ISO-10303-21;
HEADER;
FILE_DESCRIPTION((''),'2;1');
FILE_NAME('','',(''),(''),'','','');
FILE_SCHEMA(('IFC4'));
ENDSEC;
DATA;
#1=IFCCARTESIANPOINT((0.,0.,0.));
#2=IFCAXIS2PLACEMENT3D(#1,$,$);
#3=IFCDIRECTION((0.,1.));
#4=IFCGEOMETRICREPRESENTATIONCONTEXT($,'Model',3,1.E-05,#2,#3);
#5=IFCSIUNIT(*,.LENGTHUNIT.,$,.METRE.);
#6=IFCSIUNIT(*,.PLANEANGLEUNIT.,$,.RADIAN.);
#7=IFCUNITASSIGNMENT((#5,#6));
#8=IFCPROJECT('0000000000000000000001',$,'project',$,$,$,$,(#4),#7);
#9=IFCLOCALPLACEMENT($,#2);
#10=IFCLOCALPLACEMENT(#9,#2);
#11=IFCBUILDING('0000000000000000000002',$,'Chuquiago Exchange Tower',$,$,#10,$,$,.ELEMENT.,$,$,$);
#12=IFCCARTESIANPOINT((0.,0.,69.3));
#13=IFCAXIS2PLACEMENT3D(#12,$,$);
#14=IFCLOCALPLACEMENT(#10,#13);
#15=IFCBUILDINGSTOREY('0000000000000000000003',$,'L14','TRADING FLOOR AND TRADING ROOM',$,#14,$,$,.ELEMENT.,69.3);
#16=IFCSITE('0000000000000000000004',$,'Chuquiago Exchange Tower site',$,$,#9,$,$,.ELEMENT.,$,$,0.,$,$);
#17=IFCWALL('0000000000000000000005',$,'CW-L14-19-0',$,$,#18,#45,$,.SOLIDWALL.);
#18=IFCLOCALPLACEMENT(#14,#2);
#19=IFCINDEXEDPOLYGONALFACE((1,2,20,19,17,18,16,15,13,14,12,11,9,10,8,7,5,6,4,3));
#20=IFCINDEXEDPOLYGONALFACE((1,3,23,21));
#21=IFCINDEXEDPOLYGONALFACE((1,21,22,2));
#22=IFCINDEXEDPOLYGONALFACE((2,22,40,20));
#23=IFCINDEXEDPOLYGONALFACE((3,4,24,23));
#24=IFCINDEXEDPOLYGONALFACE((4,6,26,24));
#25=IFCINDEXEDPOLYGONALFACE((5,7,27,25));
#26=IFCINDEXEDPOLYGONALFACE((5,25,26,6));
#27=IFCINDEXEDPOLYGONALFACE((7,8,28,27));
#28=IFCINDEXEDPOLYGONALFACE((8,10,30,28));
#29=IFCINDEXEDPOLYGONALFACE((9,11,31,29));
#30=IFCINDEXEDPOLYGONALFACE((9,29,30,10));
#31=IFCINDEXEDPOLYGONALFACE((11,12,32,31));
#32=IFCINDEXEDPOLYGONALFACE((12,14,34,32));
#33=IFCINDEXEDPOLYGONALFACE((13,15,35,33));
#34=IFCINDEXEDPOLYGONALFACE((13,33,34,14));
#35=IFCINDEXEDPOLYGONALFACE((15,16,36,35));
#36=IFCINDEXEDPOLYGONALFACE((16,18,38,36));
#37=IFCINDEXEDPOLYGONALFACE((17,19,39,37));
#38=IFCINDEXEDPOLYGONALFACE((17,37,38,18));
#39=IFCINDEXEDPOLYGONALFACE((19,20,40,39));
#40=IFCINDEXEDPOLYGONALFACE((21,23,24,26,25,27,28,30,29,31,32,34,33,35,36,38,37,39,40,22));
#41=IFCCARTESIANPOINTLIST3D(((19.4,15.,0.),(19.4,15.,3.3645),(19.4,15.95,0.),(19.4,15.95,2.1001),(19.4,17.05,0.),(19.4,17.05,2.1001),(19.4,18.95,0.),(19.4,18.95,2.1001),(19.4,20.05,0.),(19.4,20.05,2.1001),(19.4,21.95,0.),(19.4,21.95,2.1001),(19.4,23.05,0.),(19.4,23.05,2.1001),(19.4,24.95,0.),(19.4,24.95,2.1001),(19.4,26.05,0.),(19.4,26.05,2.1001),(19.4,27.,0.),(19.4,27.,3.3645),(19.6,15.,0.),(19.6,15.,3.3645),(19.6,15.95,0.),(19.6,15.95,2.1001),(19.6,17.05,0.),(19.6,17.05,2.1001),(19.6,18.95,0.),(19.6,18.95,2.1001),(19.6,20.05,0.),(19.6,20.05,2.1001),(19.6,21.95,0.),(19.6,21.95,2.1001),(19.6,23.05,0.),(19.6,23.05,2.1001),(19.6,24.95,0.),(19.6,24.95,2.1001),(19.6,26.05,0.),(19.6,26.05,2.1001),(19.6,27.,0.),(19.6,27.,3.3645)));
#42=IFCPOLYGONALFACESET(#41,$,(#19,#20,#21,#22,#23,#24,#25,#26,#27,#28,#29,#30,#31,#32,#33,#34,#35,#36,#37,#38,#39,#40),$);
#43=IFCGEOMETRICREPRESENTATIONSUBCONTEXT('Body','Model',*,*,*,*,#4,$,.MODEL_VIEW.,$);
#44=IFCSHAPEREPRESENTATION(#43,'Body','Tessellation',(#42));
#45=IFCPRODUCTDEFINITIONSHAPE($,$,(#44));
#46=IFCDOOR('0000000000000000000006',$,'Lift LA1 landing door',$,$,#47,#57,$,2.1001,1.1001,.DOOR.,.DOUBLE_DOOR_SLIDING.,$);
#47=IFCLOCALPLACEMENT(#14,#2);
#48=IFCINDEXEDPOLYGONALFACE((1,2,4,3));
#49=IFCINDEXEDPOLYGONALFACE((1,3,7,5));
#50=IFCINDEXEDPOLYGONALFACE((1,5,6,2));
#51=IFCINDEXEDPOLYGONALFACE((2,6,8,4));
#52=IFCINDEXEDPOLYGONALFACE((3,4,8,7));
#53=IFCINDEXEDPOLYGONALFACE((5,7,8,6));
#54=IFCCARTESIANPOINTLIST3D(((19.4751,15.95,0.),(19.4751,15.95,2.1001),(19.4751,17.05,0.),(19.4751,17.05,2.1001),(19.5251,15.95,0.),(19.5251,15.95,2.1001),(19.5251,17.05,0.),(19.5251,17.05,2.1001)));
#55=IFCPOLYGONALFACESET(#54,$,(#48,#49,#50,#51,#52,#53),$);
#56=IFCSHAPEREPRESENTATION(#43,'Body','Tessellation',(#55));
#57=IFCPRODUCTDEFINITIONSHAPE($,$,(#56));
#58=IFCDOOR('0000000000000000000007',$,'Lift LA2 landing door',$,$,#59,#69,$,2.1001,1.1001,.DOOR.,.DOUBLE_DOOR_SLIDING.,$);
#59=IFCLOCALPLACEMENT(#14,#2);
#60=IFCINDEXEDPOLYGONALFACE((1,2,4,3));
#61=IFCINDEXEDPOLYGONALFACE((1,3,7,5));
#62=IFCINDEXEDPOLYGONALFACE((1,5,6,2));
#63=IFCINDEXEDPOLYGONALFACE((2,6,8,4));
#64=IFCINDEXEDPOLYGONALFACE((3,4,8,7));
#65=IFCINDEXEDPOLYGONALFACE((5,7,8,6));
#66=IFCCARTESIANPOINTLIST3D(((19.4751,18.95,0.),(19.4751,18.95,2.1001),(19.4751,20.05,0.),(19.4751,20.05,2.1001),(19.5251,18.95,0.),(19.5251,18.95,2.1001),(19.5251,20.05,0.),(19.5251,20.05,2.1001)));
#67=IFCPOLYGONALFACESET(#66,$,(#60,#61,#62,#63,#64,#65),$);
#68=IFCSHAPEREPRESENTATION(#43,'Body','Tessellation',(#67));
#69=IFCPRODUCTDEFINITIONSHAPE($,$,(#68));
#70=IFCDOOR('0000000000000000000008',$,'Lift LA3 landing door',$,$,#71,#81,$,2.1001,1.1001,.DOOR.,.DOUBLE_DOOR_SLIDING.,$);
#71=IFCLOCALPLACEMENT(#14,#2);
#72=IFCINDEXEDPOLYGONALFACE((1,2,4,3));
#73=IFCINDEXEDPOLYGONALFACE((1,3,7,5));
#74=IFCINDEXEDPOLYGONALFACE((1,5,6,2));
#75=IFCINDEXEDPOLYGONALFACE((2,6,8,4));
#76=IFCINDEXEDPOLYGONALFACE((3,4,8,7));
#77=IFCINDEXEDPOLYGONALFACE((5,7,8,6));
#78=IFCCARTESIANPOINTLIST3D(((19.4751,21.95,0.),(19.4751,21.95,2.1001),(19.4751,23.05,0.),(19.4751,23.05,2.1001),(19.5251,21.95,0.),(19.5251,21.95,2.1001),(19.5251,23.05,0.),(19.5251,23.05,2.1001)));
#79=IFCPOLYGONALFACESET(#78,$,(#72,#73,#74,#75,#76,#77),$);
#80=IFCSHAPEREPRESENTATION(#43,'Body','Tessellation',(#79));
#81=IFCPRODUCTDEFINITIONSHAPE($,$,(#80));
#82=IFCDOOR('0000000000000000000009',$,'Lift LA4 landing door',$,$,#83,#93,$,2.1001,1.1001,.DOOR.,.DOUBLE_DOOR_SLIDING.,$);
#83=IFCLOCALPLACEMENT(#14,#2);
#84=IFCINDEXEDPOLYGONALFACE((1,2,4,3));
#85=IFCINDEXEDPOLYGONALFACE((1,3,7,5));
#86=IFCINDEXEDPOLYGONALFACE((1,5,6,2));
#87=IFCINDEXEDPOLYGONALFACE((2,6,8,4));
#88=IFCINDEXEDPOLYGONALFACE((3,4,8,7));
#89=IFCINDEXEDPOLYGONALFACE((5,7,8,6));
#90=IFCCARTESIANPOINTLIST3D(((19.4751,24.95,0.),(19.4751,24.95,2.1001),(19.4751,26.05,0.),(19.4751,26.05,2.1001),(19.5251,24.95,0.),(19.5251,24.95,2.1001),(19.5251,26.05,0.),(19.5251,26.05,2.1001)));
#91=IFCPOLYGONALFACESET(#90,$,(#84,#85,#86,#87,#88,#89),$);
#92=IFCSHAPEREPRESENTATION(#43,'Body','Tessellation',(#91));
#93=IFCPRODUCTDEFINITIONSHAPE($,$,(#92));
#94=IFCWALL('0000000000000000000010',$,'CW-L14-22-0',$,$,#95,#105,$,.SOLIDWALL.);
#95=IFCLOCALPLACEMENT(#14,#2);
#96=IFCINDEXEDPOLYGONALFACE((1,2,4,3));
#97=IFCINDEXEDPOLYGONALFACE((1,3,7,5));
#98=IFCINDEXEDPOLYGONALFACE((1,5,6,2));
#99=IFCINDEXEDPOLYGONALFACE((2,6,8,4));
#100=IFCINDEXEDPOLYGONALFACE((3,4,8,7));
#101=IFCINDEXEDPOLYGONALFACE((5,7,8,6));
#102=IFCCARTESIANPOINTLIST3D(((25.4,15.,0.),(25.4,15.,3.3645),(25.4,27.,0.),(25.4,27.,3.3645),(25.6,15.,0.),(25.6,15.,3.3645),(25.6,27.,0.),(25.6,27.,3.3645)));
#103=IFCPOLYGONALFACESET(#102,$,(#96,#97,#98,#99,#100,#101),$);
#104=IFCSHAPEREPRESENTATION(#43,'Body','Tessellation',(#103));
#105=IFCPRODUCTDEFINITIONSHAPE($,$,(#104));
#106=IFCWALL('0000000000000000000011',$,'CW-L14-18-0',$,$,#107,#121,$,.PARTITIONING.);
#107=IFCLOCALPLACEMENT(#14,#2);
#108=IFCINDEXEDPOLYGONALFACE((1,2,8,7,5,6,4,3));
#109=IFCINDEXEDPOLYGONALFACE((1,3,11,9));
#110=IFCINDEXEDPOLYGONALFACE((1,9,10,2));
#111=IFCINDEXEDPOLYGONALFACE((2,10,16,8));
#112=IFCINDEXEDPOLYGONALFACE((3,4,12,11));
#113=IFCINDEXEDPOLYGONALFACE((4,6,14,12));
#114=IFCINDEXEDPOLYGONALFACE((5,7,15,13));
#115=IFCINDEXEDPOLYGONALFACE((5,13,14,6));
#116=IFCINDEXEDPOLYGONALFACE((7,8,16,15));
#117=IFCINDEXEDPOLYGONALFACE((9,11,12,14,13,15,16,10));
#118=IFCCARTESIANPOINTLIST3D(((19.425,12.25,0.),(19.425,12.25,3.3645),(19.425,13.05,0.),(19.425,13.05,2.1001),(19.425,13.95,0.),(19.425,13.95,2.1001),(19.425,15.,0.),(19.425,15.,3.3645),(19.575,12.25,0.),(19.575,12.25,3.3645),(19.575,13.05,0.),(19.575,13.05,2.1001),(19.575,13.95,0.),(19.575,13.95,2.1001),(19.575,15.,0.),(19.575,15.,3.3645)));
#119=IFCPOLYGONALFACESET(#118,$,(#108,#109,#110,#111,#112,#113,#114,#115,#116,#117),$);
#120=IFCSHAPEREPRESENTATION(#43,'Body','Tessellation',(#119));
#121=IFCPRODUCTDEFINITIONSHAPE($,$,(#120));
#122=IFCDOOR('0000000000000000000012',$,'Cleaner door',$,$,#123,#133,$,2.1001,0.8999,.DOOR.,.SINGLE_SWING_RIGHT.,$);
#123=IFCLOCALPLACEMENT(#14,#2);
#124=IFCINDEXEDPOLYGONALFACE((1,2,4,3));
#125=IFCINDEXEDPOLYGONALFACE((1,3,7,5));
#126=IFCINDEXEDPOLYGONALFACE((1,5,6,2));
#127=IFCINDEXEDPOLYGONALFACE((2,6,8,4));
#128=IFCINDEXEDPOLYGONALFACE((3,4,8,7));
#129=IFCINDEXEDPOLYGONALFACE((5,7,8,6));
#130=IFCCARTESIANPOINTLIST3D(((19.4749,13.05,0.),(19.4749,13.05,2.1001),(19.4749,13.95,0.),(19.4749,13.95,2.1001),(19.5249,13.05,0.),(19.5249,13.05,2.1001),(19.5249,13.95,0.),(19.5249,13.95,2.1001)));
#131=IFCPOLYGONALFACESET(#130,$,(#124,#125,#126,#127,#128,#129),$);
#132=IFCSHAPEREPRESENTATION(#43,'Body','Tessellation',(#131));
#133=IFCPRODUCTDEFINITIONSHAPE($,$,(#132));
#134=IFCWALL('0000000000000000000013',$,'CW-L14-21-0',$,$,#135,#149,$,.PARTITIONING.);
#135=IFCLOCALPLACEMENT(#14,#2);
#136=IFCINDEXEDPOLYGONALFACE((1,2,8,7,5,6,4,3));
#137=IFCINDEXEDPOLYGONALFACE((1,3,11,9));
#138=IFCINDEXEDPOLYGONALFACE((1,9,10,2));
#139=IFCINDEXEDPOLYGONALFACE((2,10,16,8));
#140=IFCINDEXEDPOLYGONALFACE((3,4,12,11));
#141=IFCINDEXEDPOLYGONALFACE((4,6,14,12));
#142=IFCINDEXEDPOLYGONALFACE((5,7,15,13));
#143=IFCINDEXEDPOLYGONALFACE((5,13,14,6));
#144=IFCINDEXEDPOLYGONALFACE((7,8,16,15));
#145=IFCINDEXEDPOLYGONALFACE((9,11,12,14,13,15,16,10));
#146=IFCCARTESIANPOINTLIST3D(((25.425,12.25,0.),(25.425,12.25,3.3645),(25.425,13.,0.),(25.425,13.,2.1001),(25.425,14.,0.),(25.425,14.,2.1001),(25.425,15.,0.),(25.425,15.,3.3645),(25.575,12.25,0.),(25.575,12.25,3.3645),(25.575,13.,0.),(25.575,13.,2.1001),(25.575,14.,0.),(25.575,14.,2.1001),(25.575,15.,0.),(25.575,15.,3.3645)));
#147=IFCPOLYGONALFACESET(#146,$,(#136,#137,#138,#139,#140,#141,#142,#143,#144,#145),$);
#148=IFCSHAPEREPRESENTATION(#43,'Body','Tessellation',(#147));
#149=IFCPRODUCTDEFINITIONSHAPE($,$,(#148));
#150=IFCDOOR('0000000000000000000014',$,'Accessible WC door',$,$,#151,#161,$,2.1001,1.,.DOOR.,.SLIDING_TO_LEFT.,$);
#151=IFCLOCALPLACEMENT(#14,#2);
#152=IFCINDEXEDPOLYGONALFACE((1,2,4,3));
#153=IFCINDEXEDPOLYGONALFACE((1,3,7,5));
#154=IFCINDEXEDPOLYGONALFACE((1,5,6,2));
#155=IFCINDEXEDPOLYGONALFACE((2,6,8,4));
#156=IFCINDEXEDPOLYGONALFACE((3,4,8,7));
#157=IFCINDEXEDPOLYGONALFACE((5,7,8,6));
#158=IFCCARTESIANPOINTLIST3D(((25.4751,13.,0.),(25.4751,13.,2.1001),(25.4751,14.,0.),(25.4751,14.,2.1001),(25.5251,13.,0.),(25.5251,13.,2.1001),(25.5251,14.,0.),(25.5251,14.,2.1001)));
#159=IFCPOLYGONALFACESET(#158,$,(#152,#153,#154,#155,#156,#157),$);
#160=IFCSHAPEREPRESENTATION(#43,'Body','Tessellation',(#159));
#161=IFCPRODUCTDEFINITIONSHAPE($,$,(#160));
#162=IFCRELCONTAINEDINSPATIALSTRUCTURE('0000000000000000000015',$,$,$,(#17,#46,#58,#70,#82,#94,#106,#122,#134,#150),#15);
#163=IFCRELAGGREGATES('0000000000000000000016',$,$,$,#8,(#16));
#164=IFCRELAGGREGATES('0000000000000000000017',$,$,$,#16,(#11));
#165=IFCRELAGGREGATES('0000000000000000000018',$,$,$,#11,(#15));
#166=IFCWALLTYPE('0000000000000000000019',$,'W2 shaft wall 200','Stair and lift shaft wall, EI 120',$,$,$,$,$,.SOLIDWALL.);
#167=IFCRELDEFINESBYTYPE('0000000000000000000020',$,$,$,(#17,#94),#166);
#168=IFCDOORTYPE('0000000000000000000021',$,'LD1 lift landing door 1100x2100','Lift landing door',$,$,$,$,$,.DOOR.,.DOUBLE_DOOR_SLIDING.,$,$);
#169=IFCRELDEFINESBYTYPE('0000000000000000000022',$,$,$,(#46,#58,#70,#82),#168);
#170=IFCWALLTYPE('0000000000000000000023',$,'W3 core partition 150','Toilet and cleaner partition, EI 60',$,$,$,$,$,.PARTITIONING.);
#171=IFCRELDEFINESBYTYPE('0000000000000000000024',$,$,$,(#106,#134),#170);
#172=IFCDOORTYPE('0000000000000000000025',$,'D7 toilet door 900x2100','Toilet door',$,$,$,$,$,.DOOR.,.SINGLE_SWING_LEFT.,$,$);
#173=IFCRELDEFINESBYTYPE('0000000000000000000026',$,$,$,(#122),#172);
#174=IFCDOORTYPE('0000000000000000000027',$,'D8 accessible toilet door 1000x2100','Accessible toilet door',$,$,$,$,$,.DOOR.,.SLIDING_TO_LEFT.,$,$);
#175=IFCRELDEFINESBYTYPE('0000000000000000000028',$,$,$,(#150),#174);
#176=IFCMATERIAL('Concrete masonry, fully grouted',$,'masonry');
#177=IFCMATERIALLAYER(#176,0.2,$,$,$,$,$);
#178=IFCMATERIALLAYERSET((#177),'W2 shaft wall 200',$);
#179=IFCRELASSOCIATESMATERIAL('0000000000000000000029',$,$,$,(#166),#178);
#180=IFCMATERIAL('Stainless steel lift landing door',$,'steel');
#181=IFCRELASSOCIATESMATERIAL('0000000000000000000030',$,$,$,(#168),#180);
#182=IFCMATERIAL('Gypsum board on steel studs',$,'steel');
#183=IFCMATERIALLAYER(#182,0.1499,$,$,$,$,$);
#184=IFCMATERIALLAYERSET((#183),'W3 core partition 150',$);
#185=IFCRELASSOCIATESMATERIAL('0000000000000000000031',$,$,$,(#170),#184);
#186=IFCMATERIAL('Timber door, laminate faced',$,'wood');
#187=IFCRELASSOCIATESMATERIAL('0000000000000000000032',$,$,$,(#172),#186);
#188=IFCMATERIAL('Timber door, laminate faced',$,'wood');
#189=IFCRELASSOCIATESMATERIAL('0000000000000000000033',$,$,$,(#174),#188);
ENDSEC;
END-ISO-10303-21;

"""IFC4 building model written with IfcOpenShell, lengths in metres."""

from ifc_helpers import new_model, si_unit, direction, frame, frame_2d, origin, place, context, subcontext, project, spatial, rectangle, extrude, material, layer, layer_set, type_object, element, fill, save


model = new_model("IFC4")

# Units and contexts
model_context = context("Model", 3, precision=1e-05, world=origin(), true_north=direction((0.0, 1.0)))
body_context = subcontext(model_context, "Body", "Model", "MODEL_VIEW")
ifc_project = project(units=[si_unit("LENGTHUNIT", "METRE"), si_unit("PLANEANGLEUNIT", "RADIAN")], contexts=[model_context])

# Site, building, storey
site_placement = place(None, origin())
site = spatial("IfcSite", under=ifc_project, at=site_placement, Name="Chuquiago Exchange Tower site", CompositionType="ELEMENT", RefElevation=0.0)
building_placement = place(site_placement, origin())
building = spatial("IfcBuilding", under=site, at=building_placement, Name="Chuquiago Exchange Tower", CompositionType="ELEMENT")
storey_placement = place(building_placement, frame((0.0, 0.0, 69.3)))
storey = spatial("IfcBuildingStorey", under=building, at=storey_placement, Name="L14", Description="TRADING FLOOR AND TRADING ROOM", CompositionType="ELEMENT", Elevation=69.3)

# Shared definitions
ifc_material_1 = material(Name="Concrete masonry, fully grouted", Category="masonry")
ifc_layer_1 = layer(ifc_material_1, 0.2)
ifc_layer_set_1 = layer_set([ifc_layer_1], Name="W2 shaft wall 200")
wall_type_1 = type_object("IfcWallType", Name="W2 shaft wall 200", Description="Stair and lift shaft wall, EI 120", PredefinedType="SOLIDWALL", material=ifc_layer_set_1)

# Wall, openings, doors
wall_1_placement = place(storey_placement, frame((19.5, 15.0, 0.0), z_axis=(0.0, 0.0, 1.0), x_axis=(0.0, 1.0, 0.0)))
wall_1 = element("IfcWall", 1, at=wall_1_placement, inside=storey, type_object=wall_type_1, Name="CW-L14-19-0", PredefinedType="SOLIDWALL", context=body_context, shape_type="SweptSolid", body=[
    extrude(rectangle(XDim=12.0, YDim=0.2, at=frame_2d((6.0, 0.0))), origin(), (0.0, 0.0, 1.0), 3.3645),
])
opening_1_placement = place(wall_1_placement, frame((0.95, 0.0, 0.0)))
opening_1 = element("IfcOpeningElement", 2, at=opening_1_placement, cuts=wall_1, PredefinedType="OPENING", context=body_context, shape_type="SweptSolid", body=[
    extrude(rectangle(XDim=1.1001, YDim=2.1001, at=frame_2d((0.55, 1.05))), frame((0.0, 0.1099, 0.0), z_axis=(0.0, -1.0, 0.0), x_axis=(1.0, 0.0, 0.0)), (0.0, 0.0, 1.0), 0.22),
])
opening_2_placement = place(wall_1_placement, frame((3.95, 0.0, 0.0)))
opening_2 = element("IfcOpeningElement", 3, at=opening_2_placement, cuts=wall_1, PredefinedType="OPENING", context=body_context, shape_type="SweptSolid", body=[
    extrude(rectangle(XDim=1.1001, YDim=2.1001, at=frame_2d((0.55, 1.05))), frame((0.0, 0.1099, 0.0), z_axis=(0.0, -1.0, 0.0), x_axis=(1.0, 0.0, 0.0)), (0.0, 0.0, 1.0), 0.22),
])
opening_3_placement = place(wall_1_placement, frame((6.95, 0.0, 0.0)))
opening_3 = element("IfcOpeningElement", 4, at=opening_3_placement, cuts=wall_1, PredefinedType="OPENING", context=body_context, shape_type="SweptSolid", body=[
    extrude(rectangle(XDim=1.1001, YDim=2.1001, at=frame_2d((0.55, 1.05))), frame((0.0, 0.1099, 0.0), z_axis=(0.0, -1.0, 0.0), x_axis=(1.0, 0.0, 0.0)), (0.0, 0.0, 1.0), 0.22),
])
opening_4_placement = place(wall_1_placement, frame((9.95, 0.0, 0.0)))
opening_4 = element("IfcOpeningElement", 5, at=opening_4_placement, cuts=wall_1, PredefinedType="OPENING", context=body_context, shape_type="SweptSolid", body=[
    extrude(rectangle(XDim=1.1001, YDim=2.1001, at=frame_2d((0.55, 1.05))), frame((0.0, 0.1099, 0.0), z_axis=(0.0, -1.0, 0.0), x_axis=(1.0, 0.0, 0.0)), (0.0, 0.0, 1.0), 0.22),
])
ifc_material_2 = material(Name="Stainless steel lift landing door", Category="steel")
door_type_1 = type_object("IfcDoorType", Name="LD1 lift landing door 1100x2100", Description="Lift landing door", OperationType="DOUBLE_DOOR_SLIDING", PredefinedType="DOOR", material=ifc_material_2)
door_1_placement = place(opening_1_placement, origin())
door_1 = element("IfcDoor", 6, at=door_1_placement, inside=storey, type_object=door_type_1, Name="Lift LA1 landing door", OperationType="DOUBLE_DOOR_SLIDING", OverallHeight=2.1001, OverallWidth=1.1001, PredefinedType="DOOR", context=body_context, shape_type="SweptSolid", body=[
    extrude(rectangle(XDim=1.1001, YDim=2.1001, at=frame_2d((0.55, 1.05))), frame((0.0, 0.0249, 0.0), z_axis=(0.0, -1.0, 0.0), x_axis=(1.0, 0.0, 0.0)), (0.0, 0.0, 1.0), 0.05),
])
fill(opening_1, door_1)
door_2_placement = place(opening_2_placement, origin())
door_2 = element("IfcDoor", 7, at=door_2_placement, inside=storey, type_object=door_type_1, Name="Lift LA2 landing door", OperationType="DOUBLE_DOOR_SLIDING", OverallHeight=2.1001, OverallWidth=1.1001, PredefinedType="DOOR", context=body_context, shape_type="SweptSolid", body=[
    extrude(rectangle(XDim=1.1001, YDim=2.1001, at=frame_2d((0.55, 1.05))), frame((0.0, 0.0249, 0.0), z_axis=(0.0, -1.0, 0.0), x_axis=(1.0, 0.0, 0.0)), (0.0, 0.0, 1.0), 0.05),
])
fill(opening_2, door_2)
door_3_placement = place(opening_3_placement, origin())
door_3 = element("IfcDoor", 8, at=door_3_placement, inside=storey, type_object=door_type_1, Name="Lift LA3 landing door", OperationType="DOUBLE_DOOR_SLIDING", OverallHeight=2.1001, OverallWidth=1.1001, PredefinedType="DOOR", context=body_context, shape_type="SweptSolid", body=[
    extrude(rectangle(XDim=1.1001, YDim=2.1001, at=frame_2d((0.55, 1.05))), frame((0.0, 0.0249, 0.0), z_axis=(0.0, -1.0, 0.0), x_axis=(1.0, 0.0, 0.0)), (0.0, 0.0, 1.0), 0.05),
])
fill(opening_3, door_3)
door_4_placement = place(opening_4_placement, origin())
door_4 = element("IfcDoor", 9, at=door_4_placement, inside=storey, type_object=door_type_1, Name="Lift LA4 landing door", OperationType="DOUBLE_DOOR_SLIDING", OverallHeight=2.1001, OverallWidth=1.1001, PredefinedType="DOOR", context=body_context, shape_type="SweptSolid", body=[
    extrude(rectangle(XDim=1.1001, YDim=2.1001, at=frame_2d((0.55, 1.05))), frame((0.0, 0.0249, 0.0), z_axis=(0.0, -1.0, 0.0), x_axis=(1.0, 0.0, 0.0)), (0.0, 0.0, 1.0), 0.05),
])
fill(opening_4, door_4)

# Wall
wall_2_placement = place(storey_placement, frame((25.5, 15.0, 0.0), z_axis=(0.0, 0.0, 1.0), x_axis=(0.0, 1.0, 0.0)))
element("IfcWall", 10, at=wall_2_placement, inside=storey, type_object=wall_type_1, Name="CW-L14-22-0", PredefinedType="SOLIDWALL", context=body_context, shape_type="SweptSolid", body=[
    extrude(rectangle(XDim=12.0, YDim=0.2, at=frame_2d((6.0, 0.0))), origin(), (0.0, 0.0, 1.0), 3.3645),
])

# Walls, openings, doors
ifc_material_3 = material(Name="Gypsum board on steel studs", Category="steel")
ifc_layer_2 = layer(ifc_material_3, 0.1499)
ifc_layer_set_2 = layer_set([ifc_layer_2], Name="W3 core partition 150")
wall_type_2 = type_object("IfcWallType", Name="W3 core partition 150", Description="Toilet and cleaner partition, EI 60", PredefinedType="PARTITIONING", material=ifc_layer_set_2)
wall_3_placement = place(storey_placement, frame((19.5, 12.25, 0.0), z_axis=(0.0, 0.0, 1.0), x_axis=(0.0, 1.0, 0.0)))
wall_3 = element("IfcWall", 11, at=wall_3_placement, inside=storey, type_object=wall_type_2, Name="CW-L14-18-0", PredefinedType="PARTITIONING", context=body_context, shape_type="SweptSolid", body=[
    extrude(rectangle(XDim=2.75, YDim=0.1499, at=frame_2d((1.375, 0.0))), origin(), (0.0, 0.0, 1.0), 3.3645),
])
opening_5_placement = place(wall_3_placement, frame((0.8, 0.0, 0.0)))
opening_5 = element("IfcOpeningElement", 12, at=opening_5_placement, cuts=wall_3, PredefinedType="OPENING", context=body_context, shape_type="SweptSolid", body=[
    extrude(rectangle(XDim=0.8999, YDim=2.1001, at=frame_2d((0.45, 1.05))), frame((0.0, 0.085, 0.0), z_axis=(0.0, -1.0, 0.0), x_axis=(1.0, 0.0, 0.0)), (0.0, 0.0, 1.0), 0.1699),
])
ifc_material_4 = material(Name="Timber door, laminate faced", Category="wood")
door_type_2 = type_object("IfcDoorType", Name="D7 toilet door 900x2100", Description="Toilet door", OperationType="SINGLE_SWING_LEFT", PredefinedType="DOOR", material=ifc_material_4)
door_5_placement = place(opening_5_placement, frame((0.8999, 0.0, 0.0), z_axis=(0.0, 0.0, 1.0), x_axis=(-1.0, 0.0, 0.0)))
door_5 = element("IfcDoor", 13, at=door_5_placement, inside=storey, type_object=door_type_2, Name="Cleaner door", OperationType="SINGLE_SWING_RIGHT", OverallHeight=2.1001, OverallWidth=0.8999, PredefinedType="DOOR", context=body_context, shape_type="SweptSolid", body=[
    extrude(rectangle(XDim=0.8999, YDim=2.1001, at=frame_2d((0.45, 1.05))), frame((0.0, 0.0249, 0.0), z_axis=(0.0, -1.0, 0.0), x_axis=(1.0, 0.0, 0.0)), (0.0, 0.0, 1.0), 0.05),
])
fill(opening_5, door_5)
wall_4_placement = place(storey_placement, frame((25.5, 12.25, 0.0), z_axis=(0.0, 0.0, 1.0), x_axis=(0.0, 1.0, 0.0)))
wall_4 = element("IfcWall", 14, at=wall_4_placement, inside=storey, type_object=wall_type_2, Name="CW-L14-21-0", PredefinedType="PARTITIONING", context=body_context, shape_type="SweptSolid", body=[
    extrude(rectangle(XDim=2.75, YDim=0.1499, at=frame_2d((1.375, 0.0))), origin(), (0.0, 0.0, 1.0), 3.3645),
])
opening_6_placement = place(wall_4_placement, frame((0.75, 0.0, 0.0)))
opening_6 = element("IfcOpeningElement", 15, at=opening_6_placement, cuts=wall_4, PredefinedType="OPENING", context=body_context, shape_type="SweptSolid", body=[
    extrude(rectangle(XDim=1.0, YDim=2.1001, at=frame_2d((0.5, 1.05))), frame((0.0, 0.085, 0.0), z_axis=(0.0, -1.0, 0.0), x_axis=(1.0, 0.0, 0.0)), (0.0, 0.0, 1.0), 0.1699),
])
ifc_material_5 = material(Name="Timber door, laminate faced", Category="wood")
door_type_3 = type_object("IfcDoorType", Name="D8 accessible toilet door 1000x2100", Description="Accessible toilet door", OperationType="SLIDING_TO_LEFT", PredefinedType="DOOR", material=ifc_material_5)
door_6_placement = place(opening_6_placement, origin())
door_6 = element("IfcDoor", 16, at=door_6_placement, inside=storey, type_object=door_type_3, Name="Accessible WC door", OperationType="SLIDING_TO_LEFT", OverallHeight=2.1001, OverallWidth=1.0, PredefinedType="DOOR", context=body_context, shape_type="SweptSolid", body=[
    extrude(rectangle(XDim=1.0, YDim=2.1001, at=frame_2d((0.5, 1.05))), frame((0.0, 0.0249, 0.0), z_axis=(0.0, -1.0, 0.0), x_axis=(1.0, 0.0, 0.0)), (0.0, 0.0, 1.0), 0.05),
])
fill(opening_6, door_6)

save(model, "model.ifc")
